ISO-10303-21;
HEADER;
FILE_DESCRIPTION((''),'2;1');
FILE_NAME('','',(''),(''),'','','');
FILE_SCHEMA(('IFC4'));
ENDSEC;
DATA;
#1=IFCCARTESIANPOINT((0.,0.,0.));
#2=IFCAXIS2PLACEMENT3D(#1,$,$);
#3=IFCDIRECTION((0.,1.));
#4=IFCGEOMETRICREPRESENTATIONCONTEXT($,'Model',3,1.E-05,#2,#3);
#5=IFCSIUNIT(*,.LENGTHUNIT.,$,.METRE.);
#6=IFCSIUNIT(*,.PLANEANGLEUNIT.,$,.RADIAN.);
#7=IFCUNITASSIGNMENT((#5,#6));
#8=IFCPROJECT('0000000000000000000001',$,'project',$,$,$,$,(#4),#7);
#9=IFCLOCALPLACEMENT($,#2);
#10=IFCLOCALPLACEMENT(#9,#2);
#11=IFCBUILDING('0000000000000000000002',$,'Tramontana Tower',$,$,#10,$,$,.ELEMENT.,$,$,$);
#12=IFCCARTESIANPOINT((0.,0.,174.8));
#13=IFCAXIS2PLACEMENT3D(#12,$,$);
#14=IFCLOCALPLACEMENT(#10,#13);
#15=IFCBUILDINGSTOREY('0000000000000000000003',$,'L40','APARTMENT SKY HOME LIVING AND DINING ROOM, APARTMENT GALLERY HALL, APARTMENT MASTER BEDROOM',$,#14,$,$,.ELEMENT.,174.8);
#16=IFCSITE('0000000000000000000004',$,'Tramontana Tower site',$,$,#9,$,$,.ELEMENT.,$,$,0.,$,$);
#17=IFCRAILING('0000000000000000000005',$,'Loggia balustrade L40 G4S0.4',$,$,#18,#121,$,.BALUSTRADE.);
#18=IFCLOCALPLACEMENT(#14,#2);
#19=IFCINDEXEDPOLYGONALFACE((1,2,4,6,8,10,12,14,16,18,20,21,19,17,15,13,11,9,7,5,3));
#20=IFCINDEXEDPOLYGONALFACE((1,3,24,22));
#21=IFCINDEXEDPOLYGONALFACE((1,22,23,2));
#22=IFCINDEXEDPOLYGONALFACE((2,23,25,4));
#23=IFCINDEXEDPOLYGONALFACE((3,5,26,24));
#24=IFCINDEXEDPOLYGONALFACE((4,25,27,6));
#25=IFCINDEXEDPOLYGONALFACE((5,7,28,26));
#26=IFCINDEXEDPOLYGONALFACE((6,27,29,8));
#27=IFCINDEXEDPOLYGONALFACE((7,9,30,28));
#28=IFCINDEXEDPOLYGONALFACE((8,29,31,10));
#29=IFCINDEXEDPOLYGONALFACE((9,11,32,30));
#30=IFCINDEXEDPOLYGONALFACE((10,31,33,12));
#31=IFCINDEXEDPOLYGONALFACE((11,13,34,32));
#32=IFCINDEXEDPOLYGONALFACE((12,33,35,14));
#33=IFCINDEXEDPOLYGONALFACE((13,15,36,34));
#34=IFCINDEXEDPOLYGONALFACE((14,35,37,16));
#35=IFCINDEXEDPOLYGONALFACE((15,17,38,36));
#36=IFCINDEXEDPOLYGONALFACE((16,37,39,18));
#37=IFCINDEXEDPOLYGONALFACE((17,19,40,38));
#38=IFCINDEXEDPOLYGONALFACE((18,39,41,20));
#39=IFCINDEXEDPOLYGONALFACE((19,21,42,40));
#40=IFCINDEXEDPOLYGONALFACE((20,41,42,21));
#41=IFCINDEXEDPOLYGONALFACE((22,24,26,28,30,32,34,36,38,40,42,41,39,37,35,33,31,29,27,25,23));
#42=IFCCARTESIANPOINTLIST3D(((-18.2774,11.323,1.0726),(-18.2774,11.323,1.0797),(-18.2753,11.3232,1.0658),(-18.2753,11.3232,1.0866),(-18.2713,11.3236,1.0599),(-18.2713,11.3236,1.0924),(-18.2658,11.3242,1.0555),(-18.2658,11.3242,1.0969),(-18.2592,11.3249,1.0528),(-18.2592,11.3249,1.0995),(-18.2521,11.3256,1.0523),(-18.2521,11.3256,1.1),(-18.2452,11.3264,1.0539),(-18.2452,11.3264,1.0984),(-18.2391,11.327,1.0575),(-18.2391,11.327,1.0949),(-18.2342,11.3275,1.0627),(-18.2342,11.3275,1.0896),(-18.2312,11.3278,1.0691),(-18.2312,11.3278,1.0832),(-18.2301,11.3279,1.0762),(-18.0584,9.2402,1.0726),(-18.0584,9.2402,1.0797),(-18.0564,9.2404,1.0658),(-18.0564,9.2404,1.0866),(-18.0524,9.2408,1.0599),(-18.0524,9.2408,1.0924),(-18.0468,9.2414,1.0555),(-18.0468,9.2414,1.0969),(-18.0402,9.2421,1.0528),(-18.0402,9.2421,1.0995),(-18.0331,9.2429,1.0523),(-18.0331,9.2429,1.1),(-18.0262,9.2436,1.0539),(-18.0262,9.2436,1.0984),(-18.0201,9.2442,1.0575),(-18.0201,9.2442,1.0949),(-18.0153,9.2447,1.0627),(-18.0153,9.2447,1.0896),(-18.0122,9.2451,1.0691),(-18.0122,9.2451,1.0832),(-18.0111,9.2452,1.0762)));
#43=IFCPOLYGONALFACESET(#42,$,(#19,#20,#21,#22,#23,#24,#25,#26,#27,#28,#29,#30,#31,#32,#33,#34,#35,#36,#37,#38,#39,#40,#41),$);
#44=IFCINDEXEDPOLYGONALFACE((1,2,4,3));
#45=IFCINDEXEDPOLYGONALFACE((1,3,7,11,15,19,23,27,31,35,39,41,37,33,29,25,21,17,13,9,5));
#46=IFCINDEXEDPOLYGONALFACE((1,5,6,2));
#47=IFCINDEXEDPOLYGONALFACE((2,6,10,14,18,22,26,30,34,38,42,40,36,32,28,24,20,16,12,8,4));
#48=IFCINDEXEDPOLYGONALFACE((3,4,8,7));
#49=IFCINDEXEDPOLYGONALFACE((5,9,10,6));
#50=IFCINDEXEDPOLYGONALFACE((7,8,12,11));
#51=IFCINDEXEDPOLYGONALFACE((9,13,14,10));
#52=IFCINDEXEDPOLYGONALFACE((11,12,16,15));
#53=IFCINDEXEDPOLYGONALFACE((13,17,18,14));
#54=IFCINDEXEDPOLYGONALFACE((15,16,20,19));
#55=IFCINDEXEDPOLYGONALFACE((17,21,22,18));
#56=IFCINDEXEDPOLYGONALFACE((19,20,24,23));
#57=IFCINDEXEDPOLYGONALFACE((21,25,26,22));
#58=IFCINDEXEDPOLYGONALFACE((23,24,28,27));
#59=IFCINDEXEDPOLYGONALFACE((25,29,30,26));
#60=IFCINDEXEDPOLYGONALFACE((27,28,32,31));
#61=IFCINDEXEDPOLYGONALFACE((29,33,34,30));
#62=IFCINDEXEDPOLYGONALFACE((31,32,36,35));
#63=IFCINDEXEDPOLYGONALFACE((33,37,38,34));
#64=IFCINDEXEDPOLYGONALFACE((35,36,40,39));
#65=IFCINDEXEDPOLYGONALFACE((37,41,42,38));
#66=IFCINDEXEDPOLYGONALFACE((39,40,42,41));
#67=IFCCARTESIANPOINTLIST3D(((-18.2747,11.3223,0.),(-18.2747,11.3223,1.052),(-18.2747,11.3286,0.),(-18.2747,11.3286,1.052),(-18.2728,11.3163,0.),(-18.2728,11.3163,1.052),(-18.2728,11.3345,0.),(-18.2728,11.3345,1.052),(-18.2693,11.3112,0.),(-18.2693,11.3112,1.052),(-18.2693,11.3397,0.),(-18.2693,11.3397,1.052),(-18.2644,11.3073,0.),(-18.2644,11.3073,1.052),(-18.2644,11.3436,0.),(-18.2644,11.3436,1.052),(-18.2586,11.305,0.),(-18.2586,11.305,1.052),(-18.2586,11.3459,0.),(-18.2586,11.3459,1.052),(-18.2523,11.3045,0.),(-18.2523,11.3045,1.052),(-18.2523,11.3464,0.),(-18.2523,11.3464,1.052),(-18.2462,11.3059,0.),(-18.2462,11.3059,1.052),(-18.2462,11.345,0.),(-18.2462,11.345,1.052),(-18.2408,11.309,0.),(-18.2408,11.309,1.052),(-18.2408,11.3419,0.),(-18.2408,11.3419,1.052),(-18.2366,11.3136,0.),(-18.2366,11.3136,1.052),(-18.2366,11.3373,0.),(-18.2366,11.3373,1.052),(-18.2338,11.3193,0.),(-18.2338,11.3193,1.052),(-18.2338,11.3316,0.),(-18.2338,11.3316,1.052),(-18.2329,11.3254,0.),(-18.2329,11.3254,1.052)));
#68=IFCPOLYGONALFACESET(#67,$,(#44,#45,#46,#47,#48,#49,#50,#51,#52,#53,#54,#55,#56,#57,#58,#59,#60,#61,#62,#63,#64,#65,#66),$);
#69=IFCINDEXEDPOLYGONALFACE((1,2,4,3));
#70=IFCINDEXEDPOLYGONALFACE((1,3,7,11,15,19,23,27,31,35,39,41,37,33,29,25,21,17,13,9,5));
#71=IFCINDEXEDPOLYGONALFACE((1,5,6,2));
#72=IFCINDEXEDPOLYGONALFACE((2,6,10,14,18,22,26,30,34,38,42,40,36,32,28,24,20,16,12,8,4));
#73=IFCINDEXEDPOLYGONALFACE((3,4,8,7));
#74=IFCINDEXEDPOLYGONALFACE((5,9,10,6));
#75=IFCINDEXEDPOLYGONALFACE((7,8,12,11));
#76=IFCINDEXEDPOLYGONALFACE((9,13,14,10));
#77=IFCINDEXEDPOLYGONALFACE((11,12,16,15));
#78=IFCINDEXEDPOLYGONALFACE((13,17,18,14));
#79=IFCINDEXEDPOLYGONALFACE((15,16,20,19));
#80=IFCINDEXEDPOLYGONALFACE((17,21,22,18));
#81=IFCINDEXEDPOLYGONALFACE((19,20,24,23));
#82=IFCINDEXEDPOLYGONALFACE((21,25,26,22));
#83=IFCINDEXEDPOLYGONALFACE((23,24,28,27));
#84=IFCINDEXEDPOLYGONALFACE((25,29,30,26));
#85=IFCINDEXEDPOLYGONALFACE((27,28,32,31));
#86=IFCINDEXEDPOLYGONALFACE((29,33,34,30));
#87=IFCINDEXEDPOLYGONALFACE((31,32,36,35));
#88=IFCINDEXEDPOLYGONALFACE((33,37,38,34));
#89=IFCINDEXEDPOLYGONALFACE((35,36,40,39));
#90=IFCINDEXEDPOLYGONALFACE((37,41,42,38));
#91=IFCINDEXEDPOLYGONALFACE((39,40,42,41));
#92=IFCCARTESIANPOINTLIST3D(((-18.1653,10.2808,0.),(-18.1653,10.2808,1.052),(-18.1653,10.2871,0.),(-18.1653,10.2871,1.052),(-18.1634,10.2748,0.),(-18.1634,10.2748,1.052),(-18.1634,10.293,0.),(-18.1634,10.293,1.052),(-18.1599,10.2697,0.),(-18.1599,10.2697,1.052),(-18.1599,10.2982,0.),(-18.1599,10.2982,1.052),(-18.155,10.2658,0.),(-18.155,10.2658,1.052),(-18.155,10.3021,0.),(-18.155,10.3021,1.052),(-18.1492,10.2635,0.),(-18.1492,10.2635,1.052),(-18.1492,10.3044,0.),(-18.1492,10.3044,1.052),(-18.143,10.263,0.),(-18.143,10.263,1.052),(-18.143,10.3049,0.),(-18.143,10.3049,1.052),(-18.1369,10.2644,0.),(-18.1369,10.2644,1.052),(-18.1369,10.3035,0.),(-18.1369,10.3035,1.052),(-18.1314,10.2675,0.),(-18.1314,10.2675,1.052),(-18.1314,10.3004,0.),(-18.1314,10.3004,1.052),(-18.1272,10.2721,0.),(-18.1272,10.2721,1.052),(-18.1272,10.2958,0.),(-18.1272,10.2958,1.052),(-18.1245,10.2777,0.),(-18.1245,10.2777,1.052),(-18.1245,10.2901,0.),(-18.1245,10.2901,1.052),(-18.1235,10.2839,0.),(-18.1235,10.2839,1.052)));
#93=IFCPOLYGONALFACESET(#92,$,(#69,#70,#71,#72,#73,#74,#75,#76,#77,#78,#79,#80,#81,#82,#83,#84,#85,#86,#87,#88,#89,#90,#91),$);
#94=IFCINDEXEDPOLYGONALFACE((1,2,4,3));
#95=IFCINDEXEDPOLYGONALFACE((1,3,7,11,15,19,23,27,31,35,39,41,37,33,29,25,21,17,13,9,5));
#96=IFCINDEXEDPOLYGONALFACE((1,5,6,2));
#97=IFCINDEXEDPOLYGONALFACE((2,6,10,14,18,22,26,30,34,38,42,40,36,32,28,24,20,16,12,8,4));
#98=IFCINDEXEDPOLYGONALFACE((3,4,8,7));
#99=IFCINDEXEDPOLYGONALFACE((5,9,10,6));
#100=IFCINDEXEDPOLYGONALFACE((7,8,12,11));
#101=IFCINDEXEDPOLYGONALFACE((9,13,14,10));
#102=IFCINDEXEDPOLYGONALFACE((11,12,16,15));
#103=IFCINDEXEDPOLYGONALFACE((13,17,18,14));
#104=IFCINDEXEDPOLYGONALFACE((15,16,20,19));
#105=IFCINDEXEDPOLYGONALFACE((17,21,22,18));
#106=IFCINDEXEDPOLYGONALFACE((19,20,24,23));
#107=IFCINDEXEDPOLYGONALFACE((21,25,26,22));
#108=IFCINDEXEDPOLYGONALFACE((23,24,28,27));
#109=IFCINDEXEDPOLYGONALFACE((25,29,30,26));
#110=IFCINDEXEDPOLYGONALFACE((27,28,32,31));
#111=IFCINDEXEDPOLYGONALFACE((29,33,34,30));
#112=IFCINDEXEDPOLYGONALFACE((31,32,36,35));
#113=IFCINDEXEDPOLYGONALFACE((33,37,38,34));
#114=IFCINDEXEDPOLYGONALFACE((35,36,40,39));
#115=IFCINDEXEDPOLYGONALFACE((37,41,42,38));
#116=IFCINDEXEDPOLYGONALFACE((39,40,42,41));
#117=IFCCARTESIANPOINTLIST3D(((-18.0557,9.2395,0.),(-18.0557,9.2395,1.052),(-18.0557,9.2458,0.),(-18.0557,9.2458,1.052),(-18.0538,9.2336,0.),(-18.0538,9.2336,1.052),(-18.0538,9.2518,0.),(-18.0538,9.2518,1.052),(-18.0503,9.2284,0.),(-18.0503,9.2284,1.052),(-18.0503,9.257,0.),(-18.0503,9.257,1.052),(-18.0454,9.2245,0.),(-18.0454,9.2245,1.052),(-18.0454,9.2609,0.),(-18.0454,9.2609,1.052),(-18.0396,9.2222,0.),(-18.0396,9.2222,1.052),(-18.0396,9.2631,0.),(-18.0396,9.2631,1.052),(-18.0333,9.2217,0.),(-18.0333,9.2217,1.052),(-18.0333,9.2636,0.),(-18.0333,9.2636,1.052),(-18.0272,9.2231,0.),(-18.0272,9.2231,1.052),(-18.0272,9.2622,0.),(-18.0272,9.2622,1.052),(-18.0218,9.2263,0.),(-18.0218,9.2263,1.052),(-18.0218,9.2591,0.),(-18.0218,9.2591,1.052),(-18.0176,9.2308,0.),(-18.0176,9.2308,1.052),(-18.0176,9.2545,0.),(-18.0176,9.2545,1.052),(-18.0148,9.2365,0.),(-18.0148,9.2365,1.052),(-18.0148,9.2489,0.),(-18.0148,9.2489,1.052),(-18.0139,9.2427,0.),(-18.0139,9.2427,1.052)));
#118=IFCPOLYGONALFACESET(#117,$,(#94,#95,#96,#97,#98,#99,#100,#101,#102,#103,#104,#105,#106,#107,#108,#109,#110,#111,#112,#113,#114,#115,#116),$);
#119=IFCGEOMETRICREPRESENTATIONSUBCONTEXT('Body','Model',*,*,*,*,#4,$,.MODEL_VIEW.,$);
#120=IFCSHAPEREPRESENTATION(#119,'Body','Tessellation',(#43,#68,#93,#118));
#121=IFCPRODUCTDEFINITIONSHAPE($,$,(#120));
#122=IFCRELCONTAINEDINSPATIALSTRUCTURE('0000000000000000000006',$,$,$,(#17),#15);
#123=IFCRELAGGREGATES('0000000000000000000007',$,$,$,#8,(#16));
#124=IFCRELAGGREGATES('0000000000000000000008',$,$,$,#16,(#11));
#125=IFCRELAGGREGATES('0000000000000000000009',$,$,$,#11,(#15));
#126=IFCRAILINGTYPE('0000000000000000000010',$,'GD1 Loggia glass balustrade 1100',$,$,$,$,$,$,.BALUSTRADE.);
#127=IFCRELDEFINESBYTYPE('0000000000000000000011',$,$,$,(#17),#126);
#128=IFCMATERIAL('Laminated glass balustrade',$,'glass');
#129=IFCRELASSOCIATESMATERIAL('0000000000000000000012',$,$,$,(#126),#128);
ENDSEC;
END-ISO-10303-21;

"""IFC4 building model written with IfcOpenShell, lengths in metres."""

from ifc_helpers import new_model, si_unit, direction, frame, origin, origin_2d, place, context, subcontext, project, spatial, circle, extrude, material, type_object, element, save


model = new_model("IFC4")

# Units and contexts
model_context = context("Model", 3, precision=1e-05, world=origin(), true_north=direction((0.0, 1.0)))
body_context = subcontext(model_context, "Body", "Model", "MODEL_VIEW")
ifc_project = project(units=[si_unit("LENGTHUNIT", "METRE"), si_unit("PLANEANGLEUNIT", "RADIAN")], contexts=[model_context])

# Site, building, storey
site_placement = place(None, origin())
site = spatial("IfcSite", under=ifc_project, at=site_placement, Name="Tramontana Tower site", CompositionType="ELEMENT", RefElevation=0.0)
building_placement = place(site_placement, origin())
building = spatial("IfcBuilding", under=site, at=building_placement, Name="Tramontana Tower", CompositionType="ELEMENT")
storey_placement = place(building_placement, frame((0.0, 0.0, 174.8)))
storey = spatial("IfcBuildingStorey", under=building, at=storey_placement, Name="L40", Description="APARTMENT SKY HOME LIVING AND DINING ROOM, APARTMENT GALLERY HALL, APARTMENT MASTER BEDROOM", CompositionType="ELEMENT", Elevation=174.8)

# Railing
ifc_material_1 = material(Name="Laminated glass balustrade", Category="glass")
railing_type = type_object("IfcRailingType", Name="GD1 Loggia glass balustrade 1100", PredefinedType="BALUSTRADE", material=ifc_material_1)
railing_1_placement = place(storey_placement, frame((-18.2539, 11.3254, 0.0)))
element("IfcRailing", 1, at=railing_1_placement, inside=storey, type_object=railing_type, Name="Loggia balustrade L40 G4S0.4", PredefinedType="BALUSTRADE", context=body_context, shape_type="SweptSolid", body=[
    extrude(circle(Radius=0.0239, at=origin_2d()), frame((0.0, 0.0, 1.0762), z_axis=(0.104569, -0.994518, 0.0), x_axis=(0.994518, 0.104569, 0.0)), (0.0, 0.0, 1.0), 2.0942),
    extrude(circle(Radius=0.021, at=origin_2d()), origin(), (0.0, 0.0, 1.0), 1.052),
    extrude(circle(Radius=0.021, at=origin_2d()), frame((0.1094, -1.0415, 0.0)), (0.0, 0.0, 1.0), 1.052),
    extrude(circle(Radius=0.021, at=origin_2d()), frame((0.219, -2.0828, 0.0)), (0.0, 0.0, 1.0), 1.052),
])

save(model, "model.ifc")
